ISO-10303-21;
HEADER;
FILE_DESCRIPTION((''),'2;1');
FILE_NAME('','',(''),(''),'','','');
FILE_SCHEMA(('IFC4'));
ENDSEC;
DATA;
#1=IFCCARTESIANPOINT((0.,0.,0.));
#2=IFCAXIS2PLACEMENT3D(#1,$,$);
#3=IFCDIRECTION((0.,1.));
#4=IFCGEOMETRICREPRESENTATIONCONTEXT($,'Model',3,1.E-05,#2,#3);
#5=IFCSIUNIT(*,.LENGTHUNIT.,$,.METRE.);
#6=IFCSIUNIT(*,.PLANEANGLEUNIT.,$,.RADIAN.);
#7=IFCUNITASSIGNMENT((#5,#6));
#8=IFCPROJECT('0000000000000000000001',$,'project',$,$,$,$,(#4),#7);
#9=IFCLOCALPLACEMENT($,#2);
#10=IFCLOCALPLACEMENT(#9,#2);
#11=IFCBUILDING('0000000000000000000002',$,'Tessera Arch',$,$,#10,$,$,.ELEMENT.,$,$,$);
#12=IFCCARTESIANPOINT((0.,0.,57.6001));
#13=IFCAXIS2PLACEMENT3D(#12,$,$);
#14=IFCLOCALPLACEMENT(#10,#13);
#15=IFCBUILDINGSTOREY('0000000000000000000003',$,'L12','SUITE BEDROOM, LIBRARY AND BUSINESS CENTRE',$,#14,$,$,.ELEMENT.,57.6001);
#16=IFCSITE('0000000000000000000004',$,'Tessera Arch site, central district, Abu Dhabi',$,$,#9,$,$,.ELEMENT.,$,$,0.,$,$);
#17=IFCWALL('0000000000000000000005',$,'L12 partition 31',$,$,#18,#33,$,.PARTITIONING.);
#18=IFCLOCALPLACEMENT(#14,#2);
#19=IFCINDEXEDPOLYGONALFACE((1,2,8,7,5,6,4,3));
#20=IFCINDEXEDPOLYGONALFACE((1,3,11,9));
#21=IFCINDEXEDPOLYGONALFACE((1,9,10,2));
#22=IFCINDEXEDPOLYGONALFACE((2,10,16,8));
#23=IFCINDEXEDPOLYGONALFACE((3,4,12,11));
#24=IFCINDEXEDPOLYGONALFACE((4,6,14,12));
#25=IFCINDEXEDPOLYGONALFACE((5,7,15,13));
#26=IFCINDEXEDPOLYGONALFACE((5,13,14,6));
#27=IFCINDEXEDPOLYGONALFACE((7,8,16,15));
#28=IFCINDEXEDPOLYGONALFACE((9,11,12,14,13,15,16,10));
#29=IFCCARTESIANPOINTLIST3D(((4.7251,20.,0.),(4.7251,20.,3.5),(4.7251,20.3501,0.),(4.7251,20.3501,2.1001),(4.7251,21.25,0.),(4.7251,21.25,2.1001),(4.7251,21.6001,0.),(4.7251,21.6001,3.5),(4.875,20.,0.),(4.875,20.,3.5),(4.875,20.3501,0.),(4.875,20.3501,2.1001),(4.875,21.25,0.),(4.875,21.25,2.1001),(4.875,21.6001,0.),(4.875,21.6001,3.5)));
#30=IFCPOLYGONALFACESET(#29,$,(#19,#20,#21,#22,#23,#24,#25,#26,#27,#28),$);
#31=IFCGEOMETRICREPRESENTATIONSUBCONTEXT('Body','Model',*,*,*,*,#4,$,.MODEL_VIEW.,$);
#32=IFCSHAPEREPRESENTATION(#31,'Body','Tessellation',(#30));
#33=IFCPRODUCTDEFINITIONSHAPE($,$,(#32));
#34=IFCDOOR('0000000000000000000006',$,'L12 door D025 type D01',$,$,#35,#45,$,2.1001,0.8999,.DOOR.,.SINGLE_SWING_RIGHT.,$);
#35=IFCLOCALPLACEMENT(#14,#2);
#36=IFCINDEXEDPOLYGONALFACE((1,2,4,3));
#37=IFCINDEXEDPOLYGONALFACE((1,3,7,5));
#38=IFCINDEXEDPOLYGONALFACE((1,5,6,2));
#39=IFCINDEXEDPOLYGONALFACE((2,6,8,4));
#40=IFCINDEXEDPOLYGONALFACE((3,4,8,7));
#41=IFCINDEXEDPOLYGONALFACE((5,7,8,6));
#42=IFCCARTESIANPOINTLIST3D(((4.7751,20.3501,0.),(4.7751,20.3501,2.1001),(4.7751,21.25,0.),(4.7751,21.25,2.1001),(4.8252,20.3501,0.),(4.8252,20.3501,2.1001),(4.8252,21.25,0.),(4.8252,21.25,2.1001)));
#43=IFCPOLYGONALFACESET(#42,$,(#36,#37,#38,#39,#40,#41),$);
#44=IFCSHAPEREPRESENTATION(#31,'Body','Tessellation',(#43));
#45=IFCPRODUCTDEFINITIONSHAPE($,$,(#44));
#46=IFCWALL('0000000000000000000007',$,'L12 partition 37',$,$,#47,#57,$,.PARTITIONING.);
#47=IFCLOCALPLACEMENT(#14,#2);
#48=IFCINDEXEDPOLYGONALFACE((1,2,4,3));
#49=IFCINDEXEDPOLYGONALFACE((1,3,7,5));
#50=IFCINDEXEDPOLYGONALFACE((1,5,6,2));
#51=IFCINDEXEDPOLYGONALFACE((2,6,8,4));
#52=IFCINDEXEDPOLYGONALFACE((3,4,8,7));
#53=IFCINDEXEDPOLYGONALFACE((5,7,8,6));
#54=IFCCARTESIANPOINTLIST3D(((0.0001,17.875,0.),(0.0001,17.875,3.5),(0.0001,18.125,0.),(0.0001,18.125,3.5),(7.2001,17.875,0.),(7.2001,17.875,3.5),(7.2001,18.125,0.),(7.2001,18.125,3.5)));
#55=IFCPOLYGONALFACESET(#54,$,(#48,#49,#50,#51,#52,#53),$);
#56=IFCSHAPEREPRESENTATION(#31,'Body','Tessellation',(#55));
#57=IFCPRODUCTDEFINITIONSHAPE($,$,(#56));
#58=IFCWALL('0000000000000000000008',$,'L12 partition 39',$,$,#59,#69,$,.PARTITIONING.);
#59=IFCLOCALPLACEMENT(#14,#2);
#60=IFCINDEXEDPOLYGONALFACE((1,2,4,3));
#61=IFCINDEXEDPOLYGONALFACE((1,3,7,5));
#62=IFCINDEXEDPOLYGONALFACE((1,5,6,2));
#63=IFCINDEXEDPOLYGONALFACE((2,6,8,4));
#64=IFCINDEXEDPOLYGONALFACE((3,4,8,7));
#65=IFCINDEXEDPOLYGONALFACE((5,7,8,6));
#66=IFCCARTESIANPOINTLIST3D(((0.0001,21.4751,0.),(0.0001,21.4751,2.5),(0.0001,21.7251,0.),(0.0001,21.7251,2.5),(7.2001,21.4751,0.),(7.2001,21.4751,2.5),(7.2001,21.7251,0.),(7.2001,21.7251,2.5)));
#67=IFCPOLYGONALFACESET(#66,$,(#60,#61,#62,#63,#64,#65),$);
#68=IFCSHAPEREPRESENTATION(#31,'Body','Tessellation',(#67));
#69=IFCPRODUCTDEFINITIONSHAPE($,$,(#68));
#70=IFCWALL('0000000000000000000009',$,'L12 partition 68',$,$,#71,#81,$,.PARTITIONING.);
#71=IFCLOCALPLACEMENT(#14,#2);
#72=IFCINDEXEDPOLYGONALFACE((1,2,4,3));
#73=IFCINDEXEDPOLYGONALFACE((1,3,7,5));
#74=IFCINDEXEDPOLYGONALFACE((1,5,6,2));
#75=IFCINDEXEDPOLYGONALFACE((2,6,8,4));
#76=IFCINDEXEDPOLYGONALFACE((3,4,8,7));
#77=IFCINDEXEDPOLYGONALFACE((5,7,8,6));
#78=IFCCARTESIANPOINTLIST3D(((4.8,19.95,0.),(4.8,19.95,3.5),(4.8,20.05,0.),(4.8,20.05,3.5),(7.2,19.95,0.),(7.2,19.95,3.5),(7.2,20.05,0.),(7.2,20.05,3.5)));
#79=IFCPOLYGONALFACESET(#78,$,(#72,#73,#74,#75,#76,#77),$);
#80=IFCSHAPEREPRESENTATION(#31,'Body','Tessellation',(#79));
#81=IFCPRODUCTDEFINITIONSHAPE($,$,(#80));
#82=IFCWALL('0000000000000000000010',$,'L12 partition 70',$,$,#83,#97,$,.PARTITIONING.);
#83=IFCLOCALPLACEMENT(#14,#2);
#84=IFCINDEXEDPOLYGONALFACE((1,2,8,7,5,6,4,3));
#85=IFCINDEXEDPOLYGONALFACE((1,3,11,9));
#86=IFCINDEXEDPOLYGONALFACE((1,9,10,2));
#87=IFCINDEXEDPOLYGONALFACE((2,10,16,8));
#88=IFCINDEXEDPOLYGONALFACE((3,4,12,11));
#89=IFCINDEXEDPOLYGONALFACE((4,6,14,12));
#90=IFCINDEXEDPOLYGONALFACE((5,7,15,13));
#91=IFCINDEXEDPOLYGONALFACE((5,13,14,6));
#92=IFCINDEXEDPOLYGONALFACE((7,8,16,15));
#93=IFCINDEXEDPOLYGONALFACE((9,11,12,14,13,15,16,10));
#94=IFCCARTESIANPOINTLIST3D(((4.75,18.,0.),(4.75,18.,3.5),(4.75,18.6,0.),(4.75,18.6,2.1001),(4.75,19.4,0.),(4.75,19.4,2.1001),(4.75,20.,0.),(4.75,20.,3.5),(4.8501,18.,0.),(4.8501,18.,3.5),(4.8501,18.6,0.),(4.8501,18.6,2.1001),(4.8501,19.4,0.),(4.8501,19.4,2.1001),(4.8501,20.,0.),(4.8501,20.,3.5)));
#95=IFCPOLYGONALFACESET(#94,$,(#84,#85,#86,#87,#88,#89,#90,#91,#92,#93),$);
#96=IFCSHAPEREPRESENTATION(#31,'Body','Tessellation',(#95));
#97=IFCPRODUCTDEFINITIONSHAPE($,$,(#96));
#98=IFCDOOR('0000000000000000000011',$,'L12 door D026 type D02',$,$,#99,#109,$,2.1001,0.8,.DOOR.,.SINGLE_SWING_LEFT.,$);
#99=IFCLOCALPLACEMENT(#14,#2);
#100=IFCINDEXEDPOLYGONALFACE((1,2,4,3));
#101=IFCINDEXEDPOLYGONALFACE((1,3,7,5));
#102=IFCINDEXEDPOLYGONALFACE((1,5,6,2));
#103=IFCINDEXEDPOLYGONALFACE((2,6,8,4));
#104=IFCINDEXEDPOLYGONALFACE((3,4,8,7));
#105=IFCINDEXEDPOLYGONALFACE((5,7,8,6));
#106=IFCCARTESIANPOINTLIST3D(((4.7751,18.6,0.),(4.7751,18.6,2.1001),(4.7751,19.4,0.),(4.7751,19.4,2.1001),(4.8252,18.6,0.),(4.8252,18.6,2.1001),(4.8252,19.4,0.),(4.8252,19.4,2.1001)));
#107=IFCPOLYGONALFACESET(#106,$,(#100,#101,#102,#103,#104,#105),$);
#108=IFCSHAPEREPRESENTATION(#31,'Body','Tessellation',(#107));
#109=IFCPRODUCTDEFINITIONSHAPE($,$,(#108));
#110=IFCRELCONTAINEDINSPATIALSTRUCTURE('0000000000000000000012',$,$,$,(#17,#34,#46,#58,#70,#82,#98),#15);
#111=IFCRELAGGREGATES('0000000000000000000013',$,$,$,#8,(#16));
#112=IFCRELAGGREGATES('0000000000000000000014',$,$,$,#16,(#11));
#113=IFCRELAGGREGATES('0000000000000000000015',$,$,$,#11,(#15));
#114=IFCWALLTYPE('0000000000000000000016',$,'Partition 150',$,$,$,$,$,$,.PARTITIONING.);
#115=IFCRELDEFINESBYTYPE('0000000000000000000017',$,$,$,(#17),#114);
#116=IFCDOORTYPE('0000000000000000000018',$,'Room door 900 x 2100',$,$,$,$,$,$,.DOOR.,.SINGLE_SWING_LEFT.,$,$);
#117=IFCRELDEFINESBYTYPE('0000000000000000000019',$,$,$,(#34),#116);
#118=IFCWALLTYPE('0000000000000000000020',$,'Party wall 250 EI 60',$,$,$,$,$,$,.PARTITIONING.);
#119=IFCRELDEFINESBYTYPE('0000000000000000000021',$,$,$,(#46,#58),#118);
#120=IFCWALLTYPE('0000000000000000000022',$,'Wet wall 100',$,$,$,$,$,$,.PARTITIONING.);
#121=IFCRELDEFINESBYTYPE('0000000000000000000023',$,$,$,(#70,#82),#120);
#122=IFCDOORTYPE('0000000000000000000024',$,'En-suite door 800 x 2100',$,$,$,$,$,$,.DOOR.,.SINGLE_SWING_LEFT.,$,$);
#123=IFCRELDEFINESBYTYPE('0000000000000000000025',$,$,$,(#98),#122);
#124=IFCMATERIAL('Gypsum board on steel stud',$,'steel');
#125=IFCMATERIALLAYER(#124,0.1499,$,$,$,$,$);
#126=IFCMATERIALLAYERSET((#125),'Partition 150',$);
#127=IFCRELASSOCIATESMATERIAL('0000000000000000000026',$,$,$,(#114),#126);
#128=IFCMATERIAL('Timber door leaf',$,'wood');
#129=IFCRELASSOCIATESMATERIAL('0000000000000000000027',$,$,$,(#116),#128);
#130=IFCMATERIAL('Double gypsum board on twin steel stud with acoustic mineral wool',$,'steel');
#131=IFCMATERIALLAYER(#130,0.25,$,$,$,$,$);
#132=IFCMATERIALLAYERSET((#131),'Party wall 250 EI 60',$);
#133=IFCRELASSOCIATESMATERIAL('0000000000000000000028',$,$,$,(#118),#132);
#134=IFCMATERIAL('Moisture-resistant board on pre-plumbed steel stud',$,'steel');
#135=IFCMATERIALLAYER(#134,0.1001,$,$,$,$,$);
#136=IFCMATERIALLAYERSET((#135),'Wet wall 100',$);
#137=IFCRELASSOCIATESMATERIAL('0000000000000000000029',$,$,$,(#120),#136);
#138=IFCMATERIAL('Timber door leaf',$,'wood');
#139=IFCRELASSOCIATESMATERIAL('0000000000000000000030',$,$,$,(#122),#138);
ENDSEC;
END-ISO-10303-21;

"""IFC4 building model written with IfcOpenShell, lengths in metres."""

from ifc_helpers import new_model, si_unit, direction, frame, frame_2d, origin, place, context, subcontext, project, spatial, rectangle, extrude, material, layer, layer_set, type_object, element, fill, save


model = new_model("IFC4")

# Units and contexts
model_context = context("Model", 3, precision=1e-05, world=origin(), true_north=direction((0.0, 1.0)))
body_context = subcontext(model_context, "Body", "Model", "MODEL_VIEW")
ifc_project = project(units=[si_unit("LENGTHUNIT", "METRE"), si_unit("PLANEANGLEUNIT", "RADIAN")], contexts=[model_context])

# Site, building, storey
site_placement = place(None, origin())
site = spatial("IfcSite", under=ifc_project, at=site_placement, Name="Tessera Arch site, central district, Abu Dhabi", CompositionType="ELEMENT", RefElevation=0.0)
building_placement = place(site_placement, origin())
building = spatial("IfcBuilding", under=site, at=building_placement, Name="Tessera Arch", CompositionType="ELEMENT")
storey_placement = place(building_placement, frame((0.0, 0.0, 57.6001)))
storey = spatial("IfcBuildingStorey", under=building, at=storey_placement, Name="L12", Description="SUITE BEDROOM, LIBRARY AND BUSINESS CENTRE", CompositionType="ELEMENT", Elevation=57.6001)

# Wall, opening, door
ifc_material_1 = material(Name="Gypsum board on steel stud", Category="steel")
ifc_layer_1 = layer(ifc_material_1, 0.1499)
ifc_layer_set_1 = layer_set([ifc_layer_1], Name="Partition 150")
wall_type_1 = type_object("IfcWallType", Name="Partition 150", PredefinedType="PARTITIONING", material=ifc_layer_set_1)
wall_1_placement = place(storey_placement, frame((4.8, 20.0, 0.0), z_axis=(0.0, 0.0, 1.0), x_axis=(0.0, 1.0, 0.0)))
wall_1 = element("IfcWall", 1, at=wall_1_placement, inside=storey, type_object=wall_type_1, Name="L12 partition 31", PredefinedType="PARTITIONING", context=body_context, shape_type="SweptSolid", body=[
    extrude(rectangle(XDim=1.6001, YDim=0.1499, at=frame_2d((0.8, 0.0))), origin(), (0.0, 0.0, 1.0), 3.5),
])
opening_1_placement = place(wall_1_placement, frame((0.3501, 0.0, 0.0)))
opening_1 = element("IfcOpeningElement", 2, at=opening_1_placement, cuts=wall_1, PredefinedType="OPENING", context=body_context, shape_type="SweptSolid", body=[
    extrude(rectangle(XDim=0.8999, YDim=2.1001, at=frame_2d((0.45, 1.05))), frame((0.0, 0.085, 0.0), z_axis=(0.0, -1.0, 0.0), x_axis=(1.0, 0.0, 0.0)), (0.0, 0.0, 1.0), 0.1699),
])
ifc_material_2 = material(Name="Timber door leaf", Category="wood")
door_type_1 = type_object("IfcDoorType", Name="Room door 900 x 2100", OperationType="SINGLE_SWING_LEFT", PredefinedType="DOOR", material=ifc_material_2)
door_1_placement = place(opening_1_placement, origin())
door_1 = element("IfcDoor", 3, at=door_1_placement, inside=storey, type_object=door_type_1, Name="L12 door D025 type D01", OperationType="SINGLE_SWING_RIGHT", OverallHeight=2.1001, OverallWidth=0.8999, PredefinedType="DOOR", context=body_context, shape_type="SweptSolid", body=[
    extrude(rectangle(XDim=0.8999, YDim=2.1001, at=frame_2d((0.45, 1.05))), frame((0.0, 0.0249, 0.0), z_axis=(0.0, -1.0, 0.0), x_axis=(1.0, 0.0, 0.0)), (0.0, 0.0, 1.0), 0.05),
])
fill(opening_1, door_1)

# Walls
ifc_material_3 = material(Name="Double gypsum board on twin steel stud with acoustic mineral wool", Category="steel")
ifc_layer_2 = layer(ifc_material_3, 0.25)
ifc_layer_set_2 = layer_set([ifc_layer_2], Name="Party wall 250 EI 60")
wall_type_2 = type_object("IfcWallType", Name="Party wall 250 EI 60", PredefinedType="PARTITIONING", material=ifc_layer_set_2)
wall_2_placement = place(storey_placement, frame((0.0, 18.0, 0.0), z_axis=(0.0, 0.0, 1.0), x_axis=(1.0, 0.0, 0.0)))
element("IfcWall", 4, at=wall_2_placement, inside=storey, type_object=wall_type_2, Name="L12 partition 37", PredefinedType="PARTITIONING", context=body_context, shape_type="SweptSolid", body=[
    extrude(rectangle(XDim=7.2, YDim=0.25, at=frame_2d((3.6001, 0.0))), origin(), (0.0, 0.0, 1.0), 3.5),
])
wall_3_placement = place(storey_placement, frame((0.0, 21.6001, 0.0), z_axis=(0.0, 0.0, 1.0), x_axis=(1.0, 0.0, 0.0)))
element("IfcWall", 5, at=wall_3_placement, inside=storey, type_object=wall_type_2, Name="L12 partition 39", PredefinedType="PARTITIONING", context=body_context, shape_type="SweptSolid", body=[
    extrude(rectangle(XDim=7.2, YDim=0.25, at=frame_2d((3.6001, 0.0))), origin(), (0.0, 0.0, 1.0), 2.5),
])
ifc_material_4 = material(Name="Moisture-resistant board on pre-plumbed steel stud", Category="steel")
ifc_layer_3 = layer(ifc_material_4, 0.1001)
ifc_layer_set_3 = layer_set([ifc_layer_3], Name="Wet wall 100")
wall_type_3 = type_object("IfcWallType", Name="Wet wall 100", PredefinedType="PARTITIONING", material=ifc_layer_set_3)
wall_4_placement = place(storey_placement, frame((4.8, 20.0, 0.0), z_axis=(0.0, 0.0, 1.0), x_axis=(1.0, 0.0, 0.0)))
element("IfcWall", 6, at=wall_4_placement, inside=storey, type_object=wall_type_3, Name="L12 partition 68", PredefinedType="PARTITIONING", context=body_context, shape_type="SweptSolid", body=[
    extrude(rectangle(XDim=2.3999, YDim=0.1001, at=frame_2d((1.2, 0.0))), origin(), (0.0, 0.0, 1.0), 3.5),
])

# Wall, opening, door
wall_5_placement = place(storey_placement, frame((4.8, 18.0, 0.0), z_axis=(0.0, 0.0, 1.0), x_axis=(0.0, 1.0, 0.0)))
wall_5 = element("IfcWall", 7, at=wall_5_placement, inside=storey, type_object=wall_type_3, Name="L12 partition 70", PredefinedType="PARTITIONING", context=body_context, shape_type="SweptSolid", body=[
    extrude(rectangle(XDim=2.0, YDim=0.1001, at=frame_2d((1.0, 0.0))), origin(), (0.0, 0.0, 1.0), 3.5),
])
opening_2_placement = place(wall_5_placement, frame((0.6001, 0.0, 0.0)))
opening_2 = element("IfcOpeningElement", 8, at=opening_2_placement, cuts=wall_5, PredefinedType="OPENING", context=body_context, shape_type="SweptSolid", body=[
    extrude(rectangle(XDim=0.8, YDim=2.1001, at=frame_2d((0.3999, 1.05))), frame((0.0, 0.0601, 0.0), z_axis=(0.0, -1.0, 0.0), x_axis=(1.0, 0.0, 0.0)), (0.0, 0.0, 1.0), 0.1201),
])
ifc_material_5 = material(Name="Timber door leaf", Category="wood")
door_type_2 = type_object("IfcDoorType", Name="En-suite door 800 x 2100", OperationType="SINGLE_SWING_LEFT", PredefinedType="DOOR", material=ifc_material_5)
door_2_placement = place(opening_2_placement, origin())
door_2 = element("IfcDoor", 9, at=door_2_placement, inside=storey, type_object=door_type_2, Name="L12 door D026 type D02", OperationType="SINGLE_SWING_LEFT", OverallHeight=2.1001, OverallWidth=0.8, PredefinedType="DOOR", context=body_context, shape_type="SweptSolid", body=[
    extrude(rectangle(XDim=0.8, YDim=2.1001, at=frame_2d((0.3999, 1.05))), frame((0.0, 0.0249, 0.0), z_axis=(0.0, -1.0, 0.0), x_axis=(1.0, 0.0, 0.0)), (0.0, 0.0, 1.0), 0.05),
])
fill(opening_2, door_2)

save(model, "model.ifc")
